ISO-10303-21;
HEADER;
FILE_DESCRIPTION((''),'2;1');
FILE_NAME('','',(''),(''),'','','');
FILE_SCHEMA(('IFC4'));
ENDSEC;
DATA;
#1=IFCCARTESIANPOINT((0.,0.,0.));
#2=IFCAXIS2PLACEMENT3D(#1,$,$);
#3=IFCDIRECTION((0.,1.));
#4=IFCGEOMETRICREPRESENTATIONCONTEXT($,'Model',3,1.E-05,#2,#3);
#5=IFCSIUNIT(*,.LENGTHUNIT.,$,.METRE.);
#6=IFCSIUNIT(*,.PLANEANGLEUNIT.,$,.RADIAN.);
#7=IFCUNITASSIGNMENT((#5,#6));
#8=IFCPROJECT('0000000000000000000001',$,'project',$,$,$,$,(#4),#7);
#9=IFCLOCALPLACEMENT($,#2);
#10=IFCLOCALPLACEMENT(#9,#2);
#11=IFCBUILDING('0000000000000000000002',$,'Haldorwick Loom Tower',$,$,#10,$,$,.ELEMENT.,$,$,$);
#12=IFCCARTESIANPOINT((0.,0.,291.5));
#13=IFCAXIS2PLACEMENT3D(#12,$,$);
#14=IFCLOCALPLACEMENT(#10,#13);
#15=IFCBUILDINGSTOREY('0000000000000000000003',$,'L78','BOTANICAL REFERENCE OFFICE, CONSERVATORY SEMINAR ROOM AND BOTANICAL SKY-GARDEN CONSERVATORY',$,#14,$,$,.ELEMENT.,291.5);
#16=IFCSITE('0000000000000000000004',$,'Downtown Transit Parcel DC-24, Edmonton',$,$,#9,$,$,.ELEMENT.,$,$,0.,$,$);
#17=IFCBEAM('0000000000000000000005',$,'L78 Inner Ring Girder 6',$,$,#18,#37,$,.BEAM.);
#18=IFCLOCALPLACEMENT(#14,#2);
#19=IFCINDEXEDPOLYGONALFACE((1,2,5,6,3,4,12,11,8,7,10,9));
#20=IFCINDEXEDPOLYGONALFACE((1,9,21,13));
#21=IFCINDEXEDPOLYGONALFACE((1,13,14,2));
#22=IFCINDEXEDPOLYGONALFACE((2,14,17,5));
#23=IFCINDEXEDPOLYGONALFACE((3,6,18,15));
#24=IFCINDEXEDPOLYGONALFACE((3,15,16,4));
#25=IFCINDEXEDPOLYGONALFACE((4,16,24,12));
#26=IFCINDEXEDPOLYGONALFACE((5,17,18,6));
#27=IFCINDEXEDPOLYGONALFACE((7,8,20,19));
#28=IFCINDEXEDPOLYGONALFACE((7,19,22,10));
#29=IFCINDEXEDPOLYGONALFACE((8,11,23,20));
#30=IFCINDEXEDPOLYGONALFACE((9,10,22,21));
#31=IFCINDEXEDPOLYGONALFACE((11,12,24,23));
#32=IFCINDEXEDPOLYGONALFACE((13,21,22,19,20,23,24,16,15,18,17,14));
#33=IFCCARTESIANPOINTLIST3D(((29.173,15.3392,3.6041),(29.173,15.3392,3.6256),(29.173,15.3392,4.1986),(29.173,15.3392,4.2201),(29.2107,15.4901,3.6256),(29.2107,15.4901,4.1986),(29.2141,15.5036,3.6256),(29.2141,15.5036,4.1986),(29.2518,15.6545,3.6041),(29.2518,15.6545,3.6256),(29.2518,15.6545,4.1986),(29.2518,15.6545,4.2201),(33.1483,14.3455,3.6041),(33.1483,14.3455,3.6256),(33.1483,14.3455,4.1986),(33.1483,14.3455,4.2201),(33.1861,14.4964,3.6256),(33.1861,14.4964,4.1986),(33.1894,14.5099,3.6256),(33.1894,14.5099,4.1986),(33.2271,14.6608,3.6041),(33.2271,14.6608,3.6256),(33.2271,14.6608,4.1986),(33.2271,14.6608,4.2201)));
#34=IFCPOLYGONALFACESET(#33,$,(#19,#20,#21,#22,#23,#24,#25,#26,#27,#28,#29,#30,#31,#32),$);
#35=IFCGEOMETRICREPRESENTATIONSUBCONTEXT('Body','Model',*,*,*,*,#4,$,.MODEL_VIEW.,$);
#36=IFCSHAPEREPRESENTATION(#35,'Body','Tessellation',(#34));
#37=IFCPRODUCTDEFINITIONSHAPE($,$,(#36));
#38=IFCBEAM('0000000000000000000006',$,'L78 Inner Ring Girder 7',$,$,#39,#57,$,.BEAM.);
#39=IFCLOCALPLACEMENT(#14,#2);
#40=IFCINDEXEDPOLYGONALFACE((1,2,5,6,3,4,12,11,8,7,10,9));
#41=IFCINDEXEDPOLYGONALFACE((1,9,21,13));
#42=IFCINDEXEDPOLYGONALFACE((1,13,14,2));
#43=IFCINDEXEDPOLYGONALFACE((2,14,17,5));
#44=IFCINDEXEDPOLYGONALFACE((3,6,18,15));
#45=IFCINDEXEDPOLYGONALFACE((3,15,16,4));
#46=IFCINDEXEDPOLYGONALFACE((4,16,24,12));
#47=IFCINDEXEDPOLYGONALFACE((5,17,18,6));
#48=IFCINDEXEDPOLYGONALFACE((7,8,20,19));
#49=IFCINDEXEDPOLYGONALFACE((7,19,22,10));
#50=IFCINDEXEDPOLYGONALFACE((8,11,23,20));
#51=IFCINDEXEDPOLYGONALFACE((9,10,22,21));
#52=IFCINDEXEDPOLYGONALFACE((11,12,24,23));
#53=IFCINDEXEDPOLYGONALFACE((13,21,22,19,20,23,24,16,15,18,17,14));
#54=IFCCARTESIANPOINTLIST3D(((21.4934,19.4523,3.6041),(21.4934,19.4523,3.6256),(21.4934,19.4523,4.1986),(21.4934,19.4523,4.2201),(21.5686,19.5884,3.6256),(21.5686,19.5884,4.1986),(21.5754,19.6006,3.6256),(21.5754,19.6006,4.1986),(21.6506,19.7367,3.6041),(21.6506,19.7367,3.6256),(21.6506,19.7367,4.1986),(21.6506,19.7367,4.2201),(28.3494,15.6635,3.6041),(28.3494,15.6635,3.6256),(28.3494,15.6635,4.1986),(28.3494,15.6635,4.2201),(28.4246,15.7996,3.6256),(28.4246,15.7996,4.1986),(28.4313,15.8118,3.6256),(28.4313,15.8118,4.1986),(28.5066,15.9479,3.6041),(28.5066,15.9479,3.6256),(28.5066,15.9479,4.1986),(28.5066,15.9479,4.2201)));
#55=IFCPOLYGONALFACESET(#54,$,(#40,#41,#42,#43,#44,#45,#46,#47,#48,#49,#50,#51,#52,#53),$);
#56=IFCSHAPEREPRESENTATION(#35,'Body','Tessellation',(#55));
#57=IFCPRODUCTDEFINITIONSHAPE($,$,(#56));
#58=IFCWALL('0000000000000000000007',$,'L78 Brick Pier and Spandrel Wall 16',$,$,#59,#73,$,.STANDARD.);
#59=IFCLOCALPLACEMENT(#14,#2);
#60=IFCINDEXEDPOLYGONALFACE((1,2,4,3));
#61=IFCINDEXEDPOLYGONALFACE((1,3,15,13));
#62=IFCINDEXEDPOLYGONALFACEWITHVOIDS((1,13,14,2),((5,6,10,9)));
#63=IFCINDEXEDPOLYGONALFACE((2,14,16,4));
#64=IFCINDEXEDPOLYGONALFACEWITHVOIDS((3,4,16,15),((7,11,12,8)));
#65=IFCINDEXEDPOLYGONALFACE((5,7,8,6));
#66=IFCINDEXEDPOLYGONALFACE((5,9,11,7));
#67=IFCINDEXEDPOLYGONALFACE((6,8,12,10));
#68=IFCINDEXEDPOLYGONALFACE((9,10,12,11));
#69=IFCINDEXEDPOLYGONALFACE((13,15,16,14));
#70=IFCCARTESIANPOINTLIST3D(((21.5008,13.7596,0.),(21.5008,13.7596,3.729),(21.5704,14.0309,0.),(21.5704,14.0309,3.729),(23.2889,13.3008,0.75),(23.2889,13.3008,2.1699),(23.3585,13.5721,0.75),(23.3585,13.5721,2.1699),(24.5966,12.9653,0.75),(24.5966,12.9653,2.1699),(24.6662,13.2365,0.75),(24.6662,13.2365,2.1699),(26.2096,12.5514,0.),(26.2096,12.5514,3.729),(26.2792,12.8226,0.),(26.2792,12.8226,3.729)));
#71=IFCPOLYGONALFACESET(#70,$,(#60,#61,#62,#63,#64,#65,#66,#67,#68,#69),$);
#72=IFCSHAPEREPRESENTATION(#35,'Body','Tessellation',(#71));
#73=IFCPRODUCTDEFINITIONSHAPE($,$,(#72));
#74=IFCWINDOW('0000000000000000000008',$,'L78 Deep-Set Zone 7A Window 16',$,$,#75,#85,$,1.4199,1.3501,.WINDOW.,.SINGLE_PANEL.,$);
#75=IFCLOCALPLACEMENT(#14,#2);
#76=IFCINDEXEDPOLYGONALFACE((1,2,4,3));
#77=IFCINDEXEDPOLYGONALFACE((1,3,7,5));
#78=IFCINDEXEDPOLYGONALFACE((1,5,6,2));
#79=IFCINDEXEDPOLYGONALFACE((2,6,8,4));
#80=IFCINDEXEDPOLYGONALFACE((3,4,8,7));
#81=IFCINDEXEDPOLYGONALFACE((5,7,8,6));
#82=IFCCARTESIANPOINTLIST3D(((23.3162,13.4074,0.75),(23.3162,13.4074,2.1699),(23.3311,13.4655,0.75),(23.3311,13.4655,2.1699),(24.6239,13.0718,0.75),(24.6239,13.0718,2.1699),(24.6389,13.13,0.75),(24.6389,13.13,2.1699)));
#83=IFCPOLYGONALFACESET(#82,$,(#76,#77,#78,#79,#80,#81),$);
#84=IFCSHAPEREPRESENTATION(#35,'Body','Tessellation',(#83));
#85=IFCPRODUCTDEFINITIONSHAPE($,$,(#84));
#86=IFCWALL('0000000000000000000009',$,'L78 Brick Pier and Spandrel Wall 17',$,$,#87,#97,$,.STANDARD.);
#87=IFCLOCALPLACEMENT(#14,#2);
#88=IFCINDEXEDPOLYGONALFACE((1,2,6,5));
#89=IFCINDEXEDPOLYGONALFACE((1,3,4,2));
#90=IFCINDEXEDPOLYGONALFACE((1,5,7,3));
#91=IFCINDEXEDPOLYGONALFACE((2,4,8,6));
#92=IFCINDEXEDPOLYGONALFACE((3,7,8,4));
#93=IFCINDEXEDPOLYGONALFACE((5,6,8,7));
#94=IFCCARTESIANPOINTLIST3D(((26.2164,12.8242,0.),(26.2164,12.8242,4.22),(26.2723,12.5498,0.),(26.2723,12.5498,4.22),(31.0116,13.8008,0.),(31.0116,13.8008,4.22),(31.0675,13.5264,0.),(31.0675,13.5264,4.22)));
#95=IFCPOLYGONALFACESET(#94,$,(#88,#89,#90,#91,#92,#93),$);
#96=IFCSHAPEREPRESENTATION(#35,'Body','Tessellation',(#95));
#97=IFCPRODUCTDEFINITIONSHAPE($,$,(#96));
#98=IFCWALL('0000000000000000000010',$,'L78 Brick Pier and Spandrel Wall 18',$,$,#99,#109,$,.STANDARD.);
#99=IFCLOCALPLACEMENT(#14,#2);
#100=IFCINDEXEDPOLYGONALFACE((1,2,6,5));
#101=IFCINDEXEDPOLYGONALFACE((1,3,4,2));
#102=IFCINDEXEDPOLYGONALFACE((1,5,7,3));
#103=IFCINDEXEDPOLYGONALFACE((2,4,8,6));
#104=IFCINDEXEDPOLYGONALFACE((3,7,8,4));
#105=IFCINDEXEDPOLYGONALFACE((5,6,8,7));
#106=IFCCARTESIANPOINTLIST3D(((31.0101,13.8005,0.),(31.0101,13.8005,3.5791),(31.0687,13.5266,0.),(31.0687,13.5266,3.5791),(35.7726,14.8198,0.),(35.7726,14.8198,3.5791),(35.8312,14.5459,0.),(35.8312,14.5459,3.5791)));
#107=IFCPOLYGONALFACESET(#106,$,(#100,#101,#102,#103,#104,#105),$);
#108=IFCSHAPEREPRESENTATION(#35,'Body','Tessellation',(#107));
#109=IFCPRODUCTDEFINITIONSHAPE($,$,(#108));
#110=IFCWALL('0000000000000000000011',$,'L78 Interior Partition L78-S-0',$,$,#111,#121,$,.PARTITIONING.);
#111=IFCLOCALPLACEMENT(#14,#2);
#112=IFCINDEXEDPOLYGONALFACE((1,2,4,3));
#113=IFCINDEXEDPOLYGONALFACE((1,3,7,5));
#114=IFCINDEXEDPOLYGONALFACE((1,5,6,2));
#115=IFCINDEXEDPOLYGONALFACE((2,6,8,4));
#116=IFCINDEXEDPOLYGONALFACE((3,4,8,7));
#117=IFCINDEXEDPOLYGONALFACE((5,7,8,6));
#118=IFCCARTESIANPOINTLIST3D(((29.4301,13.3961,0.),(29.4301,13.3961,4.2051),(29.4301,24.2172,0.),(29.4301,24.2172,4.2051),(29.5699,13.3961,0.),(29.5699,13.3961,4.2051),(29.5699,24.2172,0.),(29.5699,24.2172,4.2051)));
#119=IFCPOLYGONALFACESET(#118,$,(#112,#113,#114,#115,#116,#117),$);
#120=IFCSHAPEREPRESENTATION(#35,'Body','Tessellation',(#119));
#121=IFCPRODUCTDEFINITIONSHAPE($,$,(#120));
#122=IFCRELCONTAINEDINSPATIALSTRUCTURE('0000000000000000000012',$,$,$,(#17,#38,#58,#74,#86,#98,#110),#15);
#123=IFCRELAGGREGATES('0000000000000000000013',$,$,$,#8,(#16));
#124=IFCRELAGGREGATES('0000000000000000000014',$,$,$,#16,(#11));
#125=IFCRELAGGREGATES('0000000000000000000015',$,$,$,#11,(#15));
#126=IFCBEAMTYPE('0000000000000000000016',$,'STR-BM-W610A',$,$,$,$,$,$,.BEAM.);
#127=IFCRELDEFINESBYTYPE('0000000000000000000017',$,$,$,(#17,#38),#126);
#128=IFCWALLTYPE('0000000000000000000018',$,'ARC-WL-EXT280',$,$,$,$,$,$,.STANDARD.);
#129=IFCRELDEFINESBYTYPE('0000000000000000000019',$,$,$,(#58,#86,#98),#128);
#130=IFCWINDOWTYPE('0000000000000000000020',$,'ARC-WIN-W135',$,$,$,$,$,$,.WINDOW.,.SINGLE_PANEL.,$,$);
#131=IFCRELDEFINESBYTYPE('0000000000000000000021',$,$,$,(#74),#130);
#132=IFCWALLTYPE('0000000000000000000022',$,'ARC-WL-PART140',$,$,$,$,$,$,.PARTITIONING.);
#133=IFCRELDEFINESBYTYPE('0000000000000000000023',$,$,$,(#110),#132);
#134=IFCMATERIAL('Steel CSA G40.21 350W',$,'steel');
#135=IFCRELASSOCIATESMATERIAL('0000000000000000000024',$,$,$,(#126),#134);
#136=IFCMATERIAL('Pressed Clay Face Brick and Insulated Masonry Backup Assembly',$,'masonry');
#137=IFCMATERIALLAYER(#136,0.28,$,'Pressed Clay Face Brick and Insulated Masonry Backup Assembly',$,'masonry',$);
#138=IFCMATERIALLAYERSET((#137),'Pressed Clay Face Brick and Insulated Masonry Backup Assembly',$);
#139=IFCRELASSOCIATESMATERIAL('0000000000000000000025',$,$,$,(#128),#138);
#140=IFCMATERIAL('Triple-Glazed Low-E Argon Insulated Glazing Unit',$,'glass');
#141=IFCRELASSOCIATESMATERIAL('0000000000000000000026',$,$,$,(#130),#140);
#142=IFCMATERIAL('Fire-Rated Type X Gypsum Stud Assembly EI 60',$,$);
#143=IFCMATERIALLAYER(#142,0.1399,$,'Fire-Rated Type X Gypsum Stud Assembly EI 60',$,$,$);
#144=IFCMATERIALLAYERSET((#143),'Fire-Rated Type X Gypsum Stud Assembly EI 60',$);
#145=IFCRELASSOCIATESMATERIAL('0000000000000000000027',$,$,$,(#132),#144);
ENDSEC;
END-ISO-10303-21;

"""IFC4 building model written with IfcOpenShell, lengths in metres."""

from ifc_helpers import new_model, si_unit, direction, frame, frame_2d, origin, origin_2d, place, context, subcontext, project, spatial, rectangle, i_section, extrude, material, layer, layer_set, material_profile, profile_set, type_object, element, fill, save


model = new_model("IFC4")

# Units and contexts
model_context = context("Model", 3, precision=1e-05, world=origin(), true_north=direction((0.0, 1.0)))
body_context = subcontext(model_context, "Body", "Model", "MODEL_VIEW")
ifc_project = project(units=[si_unit("LENGTHUNIT", "METRE"), si_unit("PLANEANGLEUNIT", "RADIAN")], contexts=[model_context])

# Site, building, storey
site_placement = place(None, origin())
site = spatial("IfcSite", under=ifc_project, at=site_placement, Name="Downtown Transit Parcel DC-24, Edmonton", CompositionType="ELEMENT", RefElevation=0.0)
building_placement = place(site_placement, origin())
building = spatial("IfcBuilding", under=site, at=building_placement, Name="Haldorwick Loom Tower", CompositionType="ELEMENT")
storey_placement = place(building_placement, frame((0.0, 0.0, 291.5)))
storey = spatial("IfcBuildingStorey", under=building, at=storey_placement, Name="L78", Description="BOTANICAL REFERENCE OFFICE, CONSERVATORY SEMINAR ROOM AND BOTANICAL SKY-GARDEN CONSERVATORY", CompositionType="ELEMENT", Elevation=291.5)

# Beams
ifc_material_1 = material(Name="Steel CSA G40.21 350W", Category="steel")
ifc_material_profile_1 = material_profile(ifc_material_1, i_section(OverallWidth=0.325, OverallDepth=0.616, WebThickness=0.0139, FlangeThickness=0.0215, at=origin_2d()), Name="W610X174", Category="steel")
ifc_profile_set_1 = profile_set([ifc_material_profile_1], Name="Steel CSA G40.21 350W")
beam_type_1 = type_object("IfcBeamType", Name="STR-BM-W610A", PredefinedType="BEAM", material=ifc_profile_set_1)
beam_1_placement = place(storey_placement, frame((33.1877, 14.5032, 3.9121), z_axis=(-0.970153, 0.242494, 0.0), x_axis=(-0.242494, -0.970153, 0.0)))
element("IfcBeam", 1, at=beam_1_placement, inside=storey, type_object=beam_type_1, Name="L78 Inner Ring Girder 6", PredefinedType="BEAM", context=body_context, shape_type="SweptSolid", body=[
    extrude(i_section(OverallWidth=0.325, OverallDepth=0.616, WebThickness=0.0139, FlangeThickness=0.0215, at=origin_2d()), origin(), (0.0, 0.0, 1.0), 4.0977),
])
beam_2_placement = place(storey_placement, frame((28.428, 15.8057, 3.9121), z_axis=(-0.875242, 0.483686, 0.0), x_axis=(-0.483686, -0.875242, 0.0)))
element("IfcBeam", 2, at=beam_2_placement, inside=storey, type_object=beam_type_1, Name="L78 Inner Ring Girder 7", PredefinedType="BEAM", context=body_context, shape_type="SweptSolid", body=[
    extrude(i_section(OverallWidth=0.325, OverallDepth=0.616, WebThickness=0.0139, FlangeThickness=0.0215, at=origin_2d()), origin(), (0.0, 0.0, 1.0), 7.8333),
])

# Wall, opening, window
ifc_material_2 = material(Name="Pressed Clay Face Brick and Insulated Masonry Backup Assembly", Category="masonry")
ifc_layer_1 = layer(ifc_material_2, 0.28, Name="Pressed Clay Face Brick and Insulated Masonry Backup Assembly", Category="masonry")
ifc_layer_set_1 = layer_set([ifc_layer_1], Name="Pressed Clay Face Brick and Insulated Masonry Backup Assembly")
wall_type_1 = type_object("IfcWallType", Name="ARC-WL-EXT280", PredefinedType="STANDARD", material=ifc_layer_set_1)
wall_1_placement = place(storey_placement, frame((21.5356, 13.8953, 0.0), z_axis=(0.0, 0.0, 1.0), x_axis=(0.96862, -0.248546, 0.0)))
wall_1 = element("IfcWall", 3, at=wall_1_placement, inside=storey, type_object=wall_type_1, Name="L78 Brick Pier and Spandrel Wall 16", PredefinedType="STANDARD", context=body_context, shape_type="SweptSolid", body=[
    extrude(rectangle(XDim=4.8613, YDim=0.28, at=frame_2d((2.4307, 0.0))), origin(), (0.0, 0.0, 1.0), 3.729),
])
opening_1_placement = place(wall_1_placement, frame((1.8459, 0.0, 0.75)))
opening_1 = element("IfcOpeningElement", 4, at=opening_1_placement, cuts=wall_1, PredefinedType="OPENING", context=body_context, shape_type="SweptSolid", body=[
    extrude(rectangle(XDim=1.3501, YDim=1.4199, at=frame_2d((0.675, 0.71))), frame((0.0, 0.1499, 0.0), z_axis=(0.0, -1.0, 0.0), x_axis=(1.0, 0.0, 0.0)), (0.0, 0.0, 1.0), 0.3),
])
ifc_material_3 = material(Name="Triple-Glazed Low-E Argon Insulated Glazing Unit", Category="glass")
window_type = type_object("IfcWindowType", Name="ARC-WIN-W135", PartitioningType="SINGLE_PANEL", PredefinedType="WINDOW", material=ifc_material_3)
window_placement = place(opening_1_placement, origin())
window = element("IfcWindow", 5, at=window_placement, inside=storey, type_object=window_type, Name="L78 Deep-Set Zone 7A Window 16", OverallHeight=1.4199, OverallWidth=1.3501, PartitioningType="SINGLE_PANEL", PredefinedType="WINDOW", context=body_context, shape_type="SweptSolid", body=[
    extrude(rectangle(XDim=1.3501, YDim=1.4199, at=frame_2d((0.675, 0.71))), frame((0.0, 0.03, 0.0), z_axis=(0.0, -1.0, 0.0), x_axis=(1.0, 0.0, 0.0)), (0.0, 0.0, 1.0), 0.0601),
])
fill(opening_1, window)

# Walls
wall_2_placement = place(storey_placement, frame((26.2444, 12.687, 0.0), z_axis=(0.0, 0.0, 1.0), x_axis=(0.979886, 0.199559, 0.0)))
element("IfcWall", 6, at=wall_2_placement, inside=storey, type_object=wall_type_1, Name="L78 Brick Pier and Spandrel Wall 17", PredefinedType="STANDARD", context=body_context, shape_type="SweptSolid", body=[
    extrude(rectangle(XDim=4.8936, YDim=0.28, at=frame_2d((2.4468, 0.0))), origin(), (0.0, 0.0, 1.0), 4.22),
])
wall_3_placement = place(storey_placement, frame((31.0396, 13.6636, 0.0), z_axis=(0.0, 0.0, 1.0), x_axis=(0.977854, 0.209286, 0.0)))
element("IfcWall", 7, at=wall_3_placement, inside=storey, type_object=wall_type_1, Name="L78 Brick Pier and Spandrel Wall 18", PredefinedType="STANDARD", context=body_context, shape_type="SweptSolid", body=[
    extrude(rectangle(XDim=4.8704, YDim=0.28, at=frame_2d((2.4351, 0.0))), origin(), (0.0, 0.0, 1.0), 3.5791),
])
ifc_material_4 = material(Name="Fire-Rated Type X Gypsum Stud Assembly EI 60")
ifc_layer_2 = layer(ifc_material_4, 0.1399, Name="Fire-Rated Type X Gypsum Stud Assembly EI 60")
ifc_layer_set_2 = layer_set([ifc_layer_2], Name="Fire-Rated Type X Gypsum Stud Assembly EI 60")
wall_type_2 = type_object("IfcWallType", Name="ARC-WL-PART140", PredefinedType="PARTITIONING", material=ifc_layer_set_2)
wall_4_placement = place(storey_placement, frame((29.5, 13.396, 0.0), z_axis=(0.0, 0.0, 1.0), x_axis=(0.0, 1.0, 0.0)))
element("IfcWall", 8, at=wall_4_placement, inside=storey, type_object=wall_type_2, Name="L78 Interior Partition L78-S-0", PredefinedType="PARTITIONING", context=body_context, shape_type="SweptSolid", body=[
    extrude(rectangle(XDim=10.821, YDim=0.1399, at=frame_2d((5.4106, 0.0))), origin(), (0.0, 0.0, 1.0), 4.2051),
])

save(model, "model.ifc")
